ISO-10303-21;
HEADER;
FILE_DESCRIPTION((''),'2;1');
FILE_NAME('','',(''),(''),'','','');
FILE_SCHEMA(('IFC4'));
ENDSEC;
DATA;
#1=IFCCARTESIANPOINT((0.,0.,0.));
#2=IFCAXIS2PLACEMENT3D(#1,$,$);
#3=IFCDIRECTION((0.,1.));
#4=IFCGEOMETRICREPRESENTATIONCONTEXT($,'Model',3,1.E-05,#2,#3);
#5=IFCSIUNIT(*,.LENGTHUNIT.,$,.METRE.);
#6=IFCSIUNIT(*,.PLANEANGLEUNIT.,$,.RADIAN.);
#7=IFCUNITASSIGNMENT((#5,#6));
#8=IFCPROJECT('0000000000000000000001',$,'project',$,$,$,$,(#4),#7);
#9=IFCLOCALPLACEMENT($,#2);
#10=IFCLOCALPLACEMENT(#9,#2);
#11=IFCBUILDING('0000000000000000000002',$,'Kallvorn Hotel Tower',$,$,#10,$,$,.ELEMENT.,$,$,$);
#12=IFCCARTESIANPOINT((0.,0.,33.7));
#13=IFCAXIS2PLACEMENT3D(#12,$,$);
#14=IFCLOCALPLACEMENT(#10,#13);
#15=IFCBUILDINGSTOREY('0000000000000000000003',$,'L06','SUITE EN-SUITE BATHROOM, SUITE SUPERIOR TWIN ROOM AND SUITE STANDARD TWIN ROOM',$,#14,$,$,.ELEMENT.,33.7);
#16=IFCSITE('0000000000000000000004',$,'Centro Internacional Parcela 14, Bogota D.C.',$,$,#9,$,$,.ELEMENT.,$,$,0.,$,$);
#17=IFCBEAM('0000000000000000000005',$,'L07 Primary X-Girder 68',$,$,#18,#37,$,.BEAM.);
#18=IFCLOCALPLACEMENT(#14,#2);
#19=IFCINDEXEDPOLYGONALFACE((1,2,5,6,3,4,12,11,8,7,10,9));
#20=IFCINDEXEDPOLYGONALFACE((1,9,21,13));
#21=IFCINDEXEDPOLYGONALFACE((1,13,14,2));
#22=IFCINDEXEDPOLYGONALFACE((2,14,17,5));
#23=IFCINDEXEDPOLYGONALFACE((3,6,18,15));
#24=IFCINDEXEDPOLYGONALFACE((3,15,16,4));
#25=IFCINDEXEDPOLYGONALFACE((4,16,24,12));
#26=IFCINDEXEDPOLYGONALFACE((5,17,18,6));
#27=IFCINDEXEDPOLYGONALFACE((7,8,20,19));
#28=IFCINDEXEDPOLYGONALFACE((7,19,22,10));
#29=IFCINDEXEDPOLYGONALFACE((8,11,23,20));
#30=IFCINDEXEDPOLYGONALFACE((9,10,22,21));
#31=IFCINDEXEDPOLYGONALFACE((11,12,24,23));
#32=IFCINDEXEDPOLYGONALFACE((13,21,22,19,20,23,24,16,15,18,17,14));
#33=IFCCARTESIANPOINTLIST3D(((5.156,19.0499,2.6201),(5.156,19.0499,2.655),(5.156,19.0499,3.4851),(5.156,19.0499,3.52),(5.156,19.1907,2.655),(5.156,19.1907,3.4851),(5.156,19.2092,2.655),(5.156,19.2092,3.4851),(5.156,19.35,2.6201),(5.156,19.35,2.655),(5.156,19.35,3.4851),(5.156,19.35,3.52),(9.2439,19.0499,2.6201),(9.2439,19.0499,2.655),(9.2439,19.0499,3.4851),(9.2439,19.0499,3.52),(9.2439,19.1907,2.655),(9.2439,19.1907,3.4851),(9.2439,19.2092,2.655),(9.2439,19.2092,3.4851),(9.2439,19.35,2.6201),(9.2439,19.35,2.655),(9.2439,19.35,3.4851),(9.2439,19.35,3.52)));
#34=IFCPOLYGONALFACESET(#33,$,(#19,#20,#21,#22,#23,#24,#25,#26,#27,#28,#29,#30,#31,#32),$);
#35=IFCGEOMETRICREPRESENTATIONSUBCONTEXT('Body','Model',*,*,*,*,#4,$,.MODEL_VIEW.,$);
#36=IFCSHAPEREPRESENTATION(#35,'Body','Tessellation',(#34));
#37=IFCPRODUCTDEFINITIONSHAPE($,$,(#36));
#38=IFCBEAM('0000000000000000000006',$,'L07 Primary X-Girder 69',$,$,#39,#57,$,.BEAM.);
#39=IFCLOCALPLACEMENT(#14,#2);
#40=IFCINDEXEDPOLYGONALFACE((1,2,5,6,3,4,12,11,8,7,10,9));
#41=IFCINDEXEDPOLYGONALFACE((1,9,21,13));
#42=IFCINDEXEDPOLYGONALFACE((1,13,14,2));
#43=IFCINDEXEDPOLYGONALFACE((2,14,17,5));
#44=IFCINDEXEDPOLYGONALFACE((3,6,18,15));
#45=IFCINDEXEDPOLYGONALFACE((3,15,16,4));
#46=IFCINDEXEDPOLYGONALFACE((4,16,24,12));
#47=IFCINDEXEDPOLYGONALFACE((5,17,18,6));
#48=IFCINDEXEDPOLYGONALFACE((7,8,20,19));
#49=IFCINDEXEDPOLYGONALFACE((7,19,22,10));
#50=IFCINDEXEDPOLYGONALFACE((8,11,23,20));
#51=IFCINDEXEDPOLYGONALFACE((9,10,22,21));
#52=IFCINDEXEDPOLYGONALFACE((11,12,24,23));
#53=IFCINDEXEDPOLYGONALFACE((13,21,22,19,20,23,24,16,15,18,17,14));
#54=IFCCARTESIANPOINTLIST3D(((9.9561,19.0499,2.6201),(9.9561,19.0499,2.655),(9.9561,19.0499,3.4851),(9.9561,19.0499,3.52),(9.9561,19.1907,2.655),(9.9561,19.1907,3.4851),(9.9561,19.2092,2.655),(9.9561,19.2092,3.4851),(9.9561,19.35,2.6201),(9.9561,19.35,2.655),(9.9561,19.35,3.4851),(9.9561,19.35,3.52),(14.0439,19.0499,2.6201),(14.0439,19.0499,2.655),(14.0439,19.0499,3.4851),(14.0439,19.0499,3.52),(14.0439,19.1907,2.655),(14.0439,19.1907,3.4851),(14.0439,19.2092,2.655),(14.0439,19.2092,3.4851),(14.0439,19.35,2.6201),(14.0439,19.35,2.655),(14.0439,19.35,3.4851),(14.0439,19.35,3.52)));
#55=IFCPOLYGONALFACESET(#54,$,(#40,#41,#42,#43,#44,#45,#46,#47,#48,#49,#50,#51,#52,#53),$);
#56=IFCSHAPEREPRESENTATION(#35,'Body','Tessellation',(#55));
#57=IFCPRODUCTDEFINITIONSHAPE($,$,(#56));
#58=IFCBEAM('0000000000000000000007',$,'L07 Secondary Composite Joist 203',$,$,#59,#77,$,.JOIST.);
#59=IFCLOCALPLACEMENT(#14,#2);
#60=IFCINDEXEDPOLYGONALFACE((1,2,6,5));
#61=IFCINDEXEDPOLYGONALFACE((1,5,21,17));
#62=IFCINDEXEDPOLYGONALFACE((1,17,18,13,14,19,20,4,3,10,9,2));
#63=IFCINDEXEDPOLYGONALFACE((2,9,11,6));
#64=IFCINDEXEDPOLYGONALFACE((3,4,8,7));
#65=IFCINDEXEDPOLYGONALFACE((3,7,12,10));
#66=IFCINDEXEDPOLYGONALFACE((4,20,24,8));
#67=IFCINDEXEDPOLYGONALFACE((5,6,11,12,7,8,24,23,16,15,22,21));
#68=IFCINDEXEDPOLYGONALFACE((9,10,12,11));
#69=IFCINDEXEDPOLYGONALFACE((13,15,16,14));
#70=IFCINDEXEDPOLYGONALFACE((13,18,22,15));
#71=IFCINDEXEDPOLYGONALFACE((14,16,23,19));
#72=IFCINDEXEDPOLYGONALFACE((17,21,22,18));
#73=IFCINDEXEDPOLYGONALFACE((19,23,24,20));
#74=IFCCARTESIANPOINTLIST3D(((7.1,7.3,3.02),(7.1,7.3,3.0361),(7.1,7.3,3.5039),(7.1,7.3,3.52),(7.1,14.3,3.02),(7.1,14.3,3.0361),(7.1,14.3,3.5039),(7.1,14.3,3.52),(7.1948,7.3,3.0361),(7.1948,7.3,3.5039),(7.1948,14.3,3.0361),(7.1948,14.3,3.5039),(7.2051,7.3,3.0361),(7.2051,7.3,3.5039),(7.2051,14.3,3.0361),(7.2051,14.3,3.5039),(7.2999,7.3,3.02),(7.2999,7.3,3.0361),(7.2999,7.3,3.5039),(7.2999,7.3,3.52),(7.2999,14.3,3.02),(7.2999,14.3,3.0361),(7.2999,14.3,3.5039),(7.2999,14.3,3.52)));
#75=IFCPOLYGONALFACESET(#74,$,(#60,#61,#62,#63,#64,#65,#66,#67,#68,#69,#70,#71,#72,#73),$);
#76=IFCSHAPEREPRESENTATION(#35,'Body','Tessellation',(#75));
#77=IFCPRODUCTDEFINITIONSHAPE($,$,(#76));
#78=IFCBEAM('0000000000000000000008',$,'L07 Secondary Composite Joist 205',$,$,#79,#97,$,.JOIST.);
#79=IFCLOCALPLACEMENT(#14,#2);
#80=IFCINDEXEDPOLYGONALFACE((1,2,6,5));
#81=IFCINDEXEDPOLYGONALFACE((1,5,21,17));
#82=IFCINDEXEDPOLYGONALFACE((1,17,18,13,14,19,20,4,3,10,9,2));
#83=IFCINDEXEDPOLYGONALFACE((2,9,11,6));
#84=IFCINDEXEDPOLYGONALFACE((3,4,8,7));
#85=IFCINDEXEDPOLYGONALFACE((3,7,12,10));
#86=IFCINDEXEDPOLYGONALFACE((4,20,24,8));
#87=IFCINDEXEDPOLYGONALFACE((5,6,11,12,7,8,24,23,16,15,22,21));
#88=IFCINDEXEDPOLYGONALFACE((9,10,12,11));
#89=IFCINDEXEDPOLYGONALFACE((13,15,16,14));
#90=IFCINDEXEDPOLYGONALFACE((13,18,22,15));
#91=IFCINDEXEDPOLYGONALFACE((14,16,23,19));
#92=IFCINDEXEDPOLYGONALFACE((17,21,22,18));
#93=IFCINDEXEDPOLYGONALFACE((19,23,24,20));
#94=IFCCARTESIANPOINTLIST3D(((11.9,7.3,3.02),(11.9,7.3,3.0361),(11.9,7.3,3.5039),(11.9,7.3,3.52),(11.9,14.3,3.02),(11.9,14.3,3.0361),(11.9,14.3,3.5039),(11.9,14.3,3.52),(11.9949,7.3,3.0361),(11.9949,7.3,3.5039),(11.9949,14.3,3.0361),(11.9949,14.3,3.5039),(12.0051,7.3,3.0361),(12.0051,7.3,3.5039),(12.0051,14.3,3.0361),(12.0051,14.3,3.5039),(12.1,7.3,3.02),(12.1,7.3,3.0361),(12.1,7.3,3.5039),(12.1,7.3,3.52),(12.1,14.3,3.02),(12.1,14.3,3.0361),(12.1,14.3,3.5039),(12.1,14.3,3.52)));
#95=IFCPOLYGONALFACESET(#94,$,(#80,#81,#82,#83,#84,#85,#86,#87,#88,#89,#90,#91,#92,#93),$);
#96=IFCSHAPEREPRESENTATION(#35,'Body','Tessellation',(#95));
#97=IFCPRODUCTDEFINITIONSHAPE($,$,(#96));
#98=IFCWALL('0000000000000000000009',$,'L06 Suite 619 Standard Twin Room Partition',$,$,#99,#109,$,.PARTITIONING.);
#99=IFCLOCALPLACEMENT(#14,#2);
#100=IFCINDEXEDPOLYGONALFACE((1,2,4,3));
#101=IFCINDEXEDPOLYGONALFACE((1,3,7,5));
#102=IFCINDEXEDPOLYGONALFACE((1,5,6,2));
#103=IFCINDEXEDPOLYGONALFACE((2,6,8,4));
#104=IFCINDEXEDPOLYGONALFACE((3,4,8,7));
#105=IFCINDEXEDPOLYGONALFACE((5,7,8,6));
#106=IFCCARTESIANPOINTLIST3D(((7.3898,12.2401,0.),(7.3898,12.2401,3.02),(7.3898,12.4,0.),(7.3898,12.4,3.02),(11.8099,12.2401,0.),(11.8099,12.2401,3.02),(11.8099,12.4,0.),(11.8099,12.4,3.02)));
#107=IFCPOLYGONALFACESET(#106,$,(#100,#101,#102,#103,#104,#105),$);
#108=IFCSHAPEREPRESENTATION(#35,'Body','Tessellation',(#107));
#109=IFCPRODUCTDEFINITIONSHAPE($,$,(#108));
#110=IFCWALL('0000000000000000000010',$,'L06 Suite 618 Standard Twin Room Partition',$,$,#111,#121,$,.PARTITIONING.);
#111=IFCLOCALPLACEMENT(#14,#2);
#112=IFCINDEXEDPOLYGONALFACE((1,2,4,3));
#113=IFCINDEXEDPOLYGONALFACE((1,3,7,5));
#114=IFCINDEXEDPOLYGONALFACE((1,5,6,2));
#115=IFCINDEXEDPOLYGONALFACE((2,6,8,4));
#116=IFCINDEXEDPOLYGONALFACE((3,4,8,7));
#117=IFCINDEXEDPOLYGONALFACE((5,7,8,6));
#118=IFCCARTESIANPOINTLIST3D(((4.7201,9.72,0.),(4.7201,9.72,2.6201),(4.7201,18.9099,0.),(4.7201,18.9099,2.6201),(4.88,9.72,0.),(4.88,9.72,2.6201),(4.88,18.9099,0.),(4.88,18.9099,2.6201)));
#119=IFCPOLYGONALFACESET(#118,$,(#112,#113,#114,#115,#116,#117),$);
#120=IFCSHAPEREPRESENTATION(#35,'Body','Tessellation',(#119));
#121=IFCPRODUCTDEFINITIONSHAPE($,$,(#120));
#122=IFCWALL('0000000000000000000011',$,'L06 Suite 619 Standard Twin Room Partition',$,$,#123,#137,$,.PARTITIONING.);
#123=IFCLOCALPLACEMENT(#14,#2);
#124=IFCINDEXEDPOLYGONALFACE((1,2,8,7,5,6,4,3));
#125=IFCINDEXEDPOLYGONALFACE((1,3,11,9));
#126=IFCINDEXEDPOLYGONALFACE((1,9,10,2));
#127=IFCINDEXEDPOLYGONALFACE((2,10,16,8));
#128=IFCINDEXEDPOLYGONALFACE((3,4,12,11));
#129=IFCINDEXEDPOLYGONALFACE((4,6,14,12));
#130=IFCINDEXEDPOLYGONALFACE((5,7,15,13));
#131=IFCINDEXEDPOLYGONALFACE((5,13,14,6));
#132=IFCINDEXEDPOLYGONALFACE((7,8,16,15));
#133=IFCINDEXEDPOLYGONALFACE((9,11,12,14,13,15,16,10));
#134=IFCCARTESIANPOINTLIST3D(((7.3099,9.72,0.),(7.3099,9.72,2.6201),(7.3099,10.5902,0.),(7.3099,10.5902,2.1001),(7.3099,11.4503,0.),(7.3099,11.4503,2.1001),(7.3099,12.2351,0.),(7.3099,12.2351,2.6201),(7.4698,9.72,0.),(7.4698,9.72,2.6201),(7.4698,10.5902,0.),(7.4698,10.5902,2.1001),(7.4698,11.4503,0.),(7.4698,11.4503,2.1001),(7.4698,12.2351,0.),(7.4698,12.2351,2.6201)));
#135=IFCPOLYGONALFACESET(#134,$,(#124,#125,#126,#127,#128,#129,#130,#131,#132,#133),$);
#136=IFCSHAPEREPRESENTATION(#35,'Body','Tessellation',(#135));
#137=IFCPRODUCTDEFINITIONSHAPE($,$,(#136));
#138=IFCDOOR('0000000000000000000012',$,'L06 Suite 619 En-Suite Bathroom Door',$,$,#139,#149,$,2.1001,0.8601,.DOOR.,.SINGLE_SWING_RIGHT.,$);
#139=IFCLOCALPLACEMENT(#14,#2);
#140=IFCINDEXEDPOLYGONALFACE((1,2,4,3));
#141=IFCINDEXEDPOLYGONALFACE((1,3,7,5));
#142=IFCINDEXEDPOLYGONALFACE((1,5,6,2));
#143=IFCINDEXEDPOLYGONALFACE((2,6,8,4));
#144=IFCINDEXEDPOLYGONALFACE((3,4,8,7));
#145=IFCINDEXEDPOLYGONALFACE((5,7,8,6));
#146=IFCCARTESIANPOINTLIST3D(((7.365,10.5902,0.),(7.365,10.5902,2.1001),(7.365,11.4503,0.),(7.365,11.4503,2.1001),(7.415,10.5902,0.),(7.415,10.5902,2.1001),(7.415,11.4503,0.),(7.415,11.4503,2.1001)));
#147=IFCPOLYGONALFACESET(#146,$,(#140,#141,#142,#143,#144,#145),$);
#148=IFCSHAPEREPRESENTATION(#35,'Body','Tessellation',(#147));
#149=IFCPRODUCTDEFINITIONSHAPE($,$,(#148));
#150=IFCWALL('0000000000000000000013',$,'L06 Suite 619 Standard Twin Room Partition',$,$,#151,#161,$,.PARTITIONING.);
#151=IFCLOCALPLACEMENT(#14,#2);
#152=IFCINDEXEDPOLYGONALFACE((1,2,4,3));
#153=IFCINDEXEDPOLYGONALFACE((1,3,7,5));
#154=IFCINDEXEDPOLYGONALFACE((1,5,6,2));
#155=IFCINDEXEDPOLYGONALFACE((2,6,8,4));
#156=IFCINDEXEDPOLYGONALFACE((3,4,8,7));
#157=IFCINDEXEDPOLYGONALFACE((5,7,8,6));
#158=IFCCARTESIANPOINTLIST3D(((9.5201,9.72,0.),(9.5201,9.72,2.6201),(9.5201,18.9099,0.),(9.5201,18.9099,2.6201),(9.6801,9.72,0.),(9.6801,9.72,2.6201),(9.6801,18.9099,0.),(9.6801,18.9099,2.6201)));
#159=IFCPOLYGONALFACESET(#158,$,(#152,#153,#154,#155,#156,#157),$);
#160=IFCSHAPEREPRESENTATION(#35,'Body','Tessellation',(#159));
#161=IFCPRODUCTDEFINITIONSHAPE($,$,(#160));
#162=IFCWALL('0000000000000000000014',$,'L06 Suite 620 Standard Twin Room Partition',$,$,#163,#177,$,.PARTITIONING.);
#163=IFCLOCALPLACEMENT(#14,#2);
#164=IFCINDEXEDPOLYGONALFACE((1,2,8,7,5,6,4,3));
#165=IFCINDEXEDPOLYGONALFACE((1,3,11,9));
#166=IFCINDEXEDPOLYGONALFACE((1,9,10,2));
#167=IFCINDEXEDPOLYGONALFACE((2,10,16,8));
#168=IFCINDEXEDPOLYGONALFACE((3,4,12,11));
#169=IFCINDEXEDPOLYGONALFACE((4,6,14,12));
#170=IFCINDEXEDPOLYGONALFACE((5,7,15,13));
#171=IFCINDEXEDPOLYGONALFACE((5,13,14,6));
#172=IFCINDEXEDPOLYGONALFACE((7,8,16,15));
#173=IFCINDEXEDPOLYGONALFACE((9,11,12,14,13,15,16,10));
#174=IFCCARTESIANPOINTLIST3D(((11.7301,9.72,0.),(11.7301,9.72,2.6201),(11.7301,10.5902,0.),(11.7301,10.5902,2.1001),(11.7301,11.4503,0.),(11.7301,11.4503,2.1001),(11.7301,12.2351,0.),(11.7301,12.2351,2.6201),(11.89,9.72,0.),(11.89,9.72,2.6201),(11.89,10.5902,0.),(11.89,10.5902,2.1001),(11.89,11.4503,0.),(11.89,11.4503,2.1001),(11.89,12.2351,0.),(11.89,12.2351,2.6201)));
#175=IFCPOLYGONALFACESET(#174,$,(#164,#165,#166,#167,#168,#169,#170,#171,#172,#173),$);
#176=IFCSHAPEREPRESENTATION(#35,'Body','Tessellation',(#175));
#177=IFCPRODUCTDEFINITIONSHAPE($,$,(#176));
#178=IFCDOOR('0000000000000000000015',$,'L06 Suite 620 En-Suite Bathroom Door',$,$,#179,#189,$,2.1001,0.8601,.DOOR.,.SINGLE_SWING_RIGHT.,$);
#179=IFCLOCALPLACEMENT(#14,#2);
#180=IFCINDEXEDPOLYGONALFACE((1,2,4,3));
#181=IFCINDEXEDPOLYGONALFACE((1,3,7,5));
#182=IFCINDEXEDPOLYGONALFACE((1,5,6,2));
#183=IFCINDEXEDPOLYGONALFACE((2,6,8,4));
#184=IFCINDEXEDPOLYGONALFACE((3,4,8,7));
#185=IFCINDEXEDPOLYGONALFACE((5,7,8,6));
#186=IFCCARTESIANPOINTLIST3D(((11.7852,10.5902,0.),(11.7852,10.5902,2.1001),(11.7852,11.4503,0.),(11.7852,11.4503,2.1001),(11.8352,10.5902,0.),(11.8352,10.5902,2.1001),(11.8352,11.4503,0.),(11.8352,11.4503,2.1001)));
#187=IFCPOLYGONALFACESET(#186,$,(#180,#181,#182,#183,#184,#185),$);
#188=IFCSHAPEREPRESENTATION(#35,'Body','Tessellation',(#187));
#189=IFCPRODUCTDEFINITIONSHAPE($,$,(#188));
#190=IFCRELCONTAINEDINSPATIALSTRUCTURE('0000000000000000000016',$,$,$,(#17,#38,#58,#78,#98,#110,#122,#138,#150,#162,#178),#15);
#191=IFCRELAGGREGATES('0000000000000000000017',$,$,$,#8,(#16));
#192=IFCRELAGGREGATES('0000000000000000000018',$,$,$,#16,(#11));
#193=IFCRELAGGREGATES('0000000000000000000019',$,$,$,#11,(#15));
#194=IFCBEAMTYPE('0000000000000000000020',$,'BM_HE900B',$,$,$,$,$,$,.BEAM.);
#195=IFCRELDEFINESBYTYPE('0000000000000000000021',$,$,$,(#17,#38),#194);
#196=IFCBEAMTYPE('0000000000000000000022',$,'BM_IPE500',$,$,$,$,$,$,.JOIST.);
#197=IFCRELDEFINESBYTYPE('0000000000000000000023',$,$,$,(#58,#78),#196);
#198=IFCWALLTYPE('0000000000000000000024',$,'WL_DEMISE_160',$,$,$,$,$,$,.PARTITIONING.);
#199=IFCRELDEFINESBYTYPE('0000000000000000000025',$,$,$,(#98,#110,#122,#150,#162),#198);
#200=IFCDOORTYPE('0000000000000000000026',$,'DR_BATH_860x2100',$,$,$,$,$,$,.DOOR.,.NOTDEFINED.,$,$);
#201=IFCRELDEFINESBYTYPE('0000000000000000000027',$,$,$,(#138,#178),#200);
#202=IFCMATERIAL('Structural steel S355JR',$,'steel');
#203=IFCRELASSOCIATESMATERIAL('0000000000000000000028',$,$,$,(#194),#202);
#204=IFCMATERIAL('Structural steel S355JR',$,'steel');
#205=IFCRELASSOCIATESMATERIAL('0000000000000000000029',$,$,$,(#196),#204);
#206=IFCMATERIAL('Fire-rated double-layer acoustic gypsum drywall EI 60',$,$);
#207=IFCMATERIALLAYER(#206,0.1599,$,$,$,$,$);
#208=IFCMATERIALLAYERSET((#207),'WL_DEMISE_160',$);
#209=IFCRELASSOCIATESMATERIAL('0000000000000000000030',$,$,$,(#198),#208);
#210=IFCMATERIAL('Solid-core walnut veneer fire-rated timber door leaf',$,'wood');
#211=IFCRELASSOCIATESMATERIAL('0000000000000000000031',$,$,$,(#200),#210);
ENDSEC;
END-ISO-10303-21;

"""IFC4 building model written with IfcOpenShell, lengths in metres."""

from ifc_helpers import new_model, si_unit, direction, frame, frame_2d, origin, origin_2d, place, context, subcontext, project, spatial, rectangle, i_section, extrude, material, layer, layer_set, material_profile, profile_set, type_object, element, fill, save


model = new_model("IFC4")

# Units and contexts
model_context = context("Model", 3, precision=1e-05, world=origin(), true_north=direction((0.0, 1.0)))
body_context = subcontext(model_context, "Body", "Model", "MODEL_VIEW")
ifc_project = project(units=[si_unit("LENGTHUNIT", "METRE"), si_unit("PLANEANGLEUNIT", "RADIAN")], contexts=[model_context])

# Site, building, storey
site_placement = place(None, origin())
site = spatial("IfcSite", under=ifc_project, at=site_placement, Name="Centro Internacional Parcela 14, Bogota D.C.", CompositionType="ELEMENT", RefElevation=0.0)
building_placement = place(site_placement, origin())
building = spatial("IfcBuilding", under=site, at=building_placement, Name="Kallvorn Hotel Tower", CompositionType="ELEMENT")
storey_placement = place(building_placement, frame((0.0, 0.0, 33.7)))
storey = spatial("IfcBuildingStorey", under=building, at=storey_placement, Name="L06", Description="SUITE EN-SUITE BATHROOM, SUITE SUPERIOR TWIN ROOM AND SUITE STANDARD TWIN ROOM", CompositionType="ELEMENT", Elevation=33.7)

# Beams
ifc_material_1 = material(Name="Structural steel S355JR", Category="steel")
ifc_material_profile_1 = material_profile(ifc_material_1, i_section(OverallWidth=0.3, OverallDepth=0.8999, WebThickness=0.0186, FlangeThickness=0.0349, at=origin_2d()), Name="HE 900 B")
ifc_profile_set_1 = profile_set([ifc_material_profile_1], Name="Structural steel S355JR")
beam_type_1 = type_object("IfcBeamType", Name="BM_HE900B", PredefinedType="BEAM", material=ifc_profile_set_1)
for number, where, z_axis, x_axis, name in (
    (1, (5.156, 19.2, 3.0701), (1.0, 0.0, 0.0), (0.0, 1.0, 0.0), "L07 Primary X-Girder 68"),
    (2, (9.9561, 19.2, 3.0701), (1.0, 0.0, 0.0), (0.0, 1.0, 0.0), "L07 Primary X-Girder 69"),
):
    element("IfcBeam", number, at=place(storey_placement, frame(where, z_axis=z_axis, x_axis=x_axis)), inside=storey, type_object=beam_type_1, Name=name, PredefinedType="BEAM", context=body_context, shape_type="SweptSolid", body=[
        extrude(i_section(OverallWidth=0.3, OverallDepth=0.8999, WebThickness=0.0186, FlangeThickness=0.0349, at=origin_2d()), origin(), (0.0, 0.0, 1.0), 4.0879),
    ])
ifc_material_2 = material(Name="Structural steel S355JR", Category="steel")
ifc_material_profile_2 = material_profile(ifc_material_2, i_section(OverallWidth=0.2, OverallDepth=0.5, WebThickness=0.0103, FlangeThickness=0.0161, at=origin_2d()), Name="IPE 500")
ifc_profile_set_2 = profile_set([ifc_material_profile_2], Name="Structural steel S355JR")
beam_type_2 = type_object("IfcBeamType", Name="BM_IPE500", PredefinedType="JOIST", material=ifc_profile_set_2)
for number, where, z_axis, x_axis, name in (
    (3, (7.2, 7.3, 3.27), (0.0, 1.0, 0.0), (-1.0, 0.0, 0.0), "L07 Secondary Composite Joist 203"),
    (4, (12.0, 7.3, 3.27), (0.0, 1.0, 0.0), (-1.0, 0.0, 0.0), "L07 Secondary Composite Joist 205"),
):
    element("IfcBeam", number, at=place(storey_placement, frame(where, z_axis=z_axis, x_axis=x_axis)), inside=storey, type_object=beam_type_2, Name=name, PredefinedType="JOIST", context=body_context, shape_type="SweptSolid", body=[
        extrude(i_section(OverallWidth=0.2, OverallDepth=0.5, WebThickness=0.0103, FlangeThickness=0.0161, at=origin_2d()), origin(), (0.0, 0.0, 1.0), 7.0),
    ])

# Walls
ifc_material_3 = material(Name="Fire-rated double-layer acoustic gypsum drywall EI 60")
ifc_layer = layer(ifc_material_3, 0.1599)
ifc_layer_set = layer_set([ifc_layer], Name="WL_DEMISE_160")
wall_type = type_object("IfcWallType", Name="WL_DEMISE_160", PredefinedType="PARTITIONING", material=ifc_layer_set)
wall_1_placement = place(storey_placement, frame((7.3899, 12.3201, 0.0), z_axis=(0.0, 0.0, 1.0), x_axis=(1.0, 0.0, 0.0)))
element("IfcWall", 5, at=wall_1_placement, inside=storey, type_object=wall_type, Name="L06 Suite 619 Standard Twin Room Partition", PredefinedType="PARTITIONING", context=body_context, shape_type="SweptSolid", body=[
    extrude(rectangle(XDim=4.4202, YDim=0.1599, at=frame_2d((2.21, 0.0))), origin(), (0.0, 0.0, 1.0), 3.02),
])
wall_2_placement = place(storey_placement, frame((4.8, 9.72, 0.0), z_axis=(0.0, 0.0, 1.0), x_axis=(0.0, 1.0, 0.0)))
element("IfcWall", 6, at=wall_2_placement, inside=storey, type_object=wall_type, Name="L06 Suite 618 Standard Twin Room Partition", PredefinedType="PARTITIONING", context=body_context, shape_type="SweptSolid", body=[
    extrude(rectangle(XDim=9.1899, YDim=0.1599, at=frame_2d((4.595, 0.0))), origin(), (0.0, 0.0, 1.0), 2.6201),
])

# Wall, opening, door
wall_3_placement = place(storey_placement, frame((7.3899, 9.72, 0.0), z_axis=(0.0, 0.0, 1.0), x_axis=(0.0, 1.0, 0.0)))
wall_3 = element("IfcWall", 7, at=wall_3_placement, inside=storey, type_object=wall_type, Name="L06 Suite 619 Standard Twin Room Partition", PredefinedType="PARTITIONING", context=body_context, shape_type="SweptSolid", body=[
    extrude(rectangle(XDim=2.5151, YDim=0.1599, at=frame_2d((1.2576, 0.0))), origin(), (0.0, 0.0, 1.0), 2.6201),
])
opening_1_placement = place(wall_3_placement, frame((0.8701, 0.0, 0.0)))
opening_1 = element("IfcOpeningElement", 8, at=opening_1_placement, cuts=wall_3, PredefinedType="OPENING", context=body_context, shape_type="SweptSolid", body=[
    extrude(rectangle(XDim=0.8601, YDim=2.1001, at=frame_2d((0.4302, 1.05))), frame((0.0, 0.095, 0.0), z_axis=(0.0, -1.0, 0.0), x_axis=(1.0, 0.0, 0.0)), (0.0, 0.0, 1.0), 0.1899),
])
ifc_material_4 = material(Name="Solid-core walnut veneer fire-rated timber door leaf", Category="wood")
door_type = type_object("IfcDoorType", Name="DR_BATH_860x2100", OperationType="NOTDEFINED", PredefinedType="DOOR", material=ifc_material_4)
door_1_placement = place(opening_1_placement, origin())
door_1 = element("IfcDoor", 9, at=door_1_placement, inside=storey, type_object=door_type, Name="L06 Suite 619 En-Suite Bathroom Door", OperationType="SINGLE_SWING_RIGHT", OverallHeight=2.1001, OverallWidth=0.8601, PredefinedType="DOOR", context=body_context, shape_type="SweptSolid", body=[
    extrude(rectangle(XDim=0.8601, YDim=2.1001, at=frame_2d((0.4302, 1.05))), frame((0.0, 0.0249, 0.0), z_axis=(0.0, -1.0, 0.0), x_axis=(1.0, 0.0, 0.0)), (0.0, 0.0, 1.0), 0.05),
])
fill(opening_1, door_1)

# Wall
wall_4_placement = place(storey_placement, frame((9.6001, 9.72, 0.0), z_axis=(0.0, 0.0, 1.0), x_axis=(0.0, 1.0, 0.0)))
element("IfcWall", 10, at=wall_4_placement, inside=storey, type_object=wall_type, Name="L06 Suite 619 Standard Twin Room Partition", PredefinedType="PARTITIONING", context=body_context, shape_type="SweptSolid", body=[
    extrude(rectangle(XDim=9.1899, YDim=0.1599, at=frame_2d((4.595, 0.0))), origin(), (0.0, 0.0, 1.0), 2.6201),
])

# Wall, opening, door
wall_5_placement = place(storey_placement, frame((11.8101, 9.72, 0.0), z_axis=(0.0, 0.0, 1.0), x_axis=(0.0, 1.0, 0.0)))
wall_5 = element("IfcWall", 11, at=wall_5_placement, inside=storey, type_object=wall_type, Name="L06 Suite 620 Standard Twin Room Partition", PredefinedType="PARTITIONING", context=body_context, shape_type="SweptSolid", body=[
    extrude(rectangle(XDim=2.5151, YDim=0.1599, at=frame_2d((1.2576, 0.0))), origin(), (0.0, 0.0, 1.0), 2.6201),
])
opening_2_placement = place(wall_5_placement, frame((0.8701, 0.0, 0.0)))
opening_2 = element("IfcOpeningElement", 12, at=opening_2_placement, cuts=wall_5, PredefinedType="OPENING", context=body_context, shape_type="SweptSolid", body=[
    extrude(rectangle(XDim=0.8601, YDim=2.1001, at=frame_2d((0.4302, 1.05))), frame((0.0, 0.095, 0.0), z_axis=(0.0, -1.0, 0.0), x_axis=(1.0, 0.0, 0.0)), (0.0, 0.0, 1.0), 0.1899),
])
door_2_placement = place(opening_2_placement, origin())
door_2 = element("IfcDoor", 13, at=door_2_placement, inside=storey, type_object=door_type, Name="L06 Suite 620 En-Suite Bathroom Door", OperationType="SINGLE_SWING_RIGHT", OverallHeight=2.1001, OverallWidth=0.8601, PredefinedType="DOOR", context=body_context, shape_type="SweptSolid", body=[
    extrude(rectangle(XDim=0.8601, YDim=2.1001, at=frame_2d((0.4302, 1.05))), frame((0.0, 0.0249, 0.0), z_axis=(0.0, -1.0, 0.0), x_axis=(1.0, 0.0, 0.0)), (0.0, 0.0, 1.0), 0.05),
])
fill(opening_2, door_2)

save(model, "model.ifc")
